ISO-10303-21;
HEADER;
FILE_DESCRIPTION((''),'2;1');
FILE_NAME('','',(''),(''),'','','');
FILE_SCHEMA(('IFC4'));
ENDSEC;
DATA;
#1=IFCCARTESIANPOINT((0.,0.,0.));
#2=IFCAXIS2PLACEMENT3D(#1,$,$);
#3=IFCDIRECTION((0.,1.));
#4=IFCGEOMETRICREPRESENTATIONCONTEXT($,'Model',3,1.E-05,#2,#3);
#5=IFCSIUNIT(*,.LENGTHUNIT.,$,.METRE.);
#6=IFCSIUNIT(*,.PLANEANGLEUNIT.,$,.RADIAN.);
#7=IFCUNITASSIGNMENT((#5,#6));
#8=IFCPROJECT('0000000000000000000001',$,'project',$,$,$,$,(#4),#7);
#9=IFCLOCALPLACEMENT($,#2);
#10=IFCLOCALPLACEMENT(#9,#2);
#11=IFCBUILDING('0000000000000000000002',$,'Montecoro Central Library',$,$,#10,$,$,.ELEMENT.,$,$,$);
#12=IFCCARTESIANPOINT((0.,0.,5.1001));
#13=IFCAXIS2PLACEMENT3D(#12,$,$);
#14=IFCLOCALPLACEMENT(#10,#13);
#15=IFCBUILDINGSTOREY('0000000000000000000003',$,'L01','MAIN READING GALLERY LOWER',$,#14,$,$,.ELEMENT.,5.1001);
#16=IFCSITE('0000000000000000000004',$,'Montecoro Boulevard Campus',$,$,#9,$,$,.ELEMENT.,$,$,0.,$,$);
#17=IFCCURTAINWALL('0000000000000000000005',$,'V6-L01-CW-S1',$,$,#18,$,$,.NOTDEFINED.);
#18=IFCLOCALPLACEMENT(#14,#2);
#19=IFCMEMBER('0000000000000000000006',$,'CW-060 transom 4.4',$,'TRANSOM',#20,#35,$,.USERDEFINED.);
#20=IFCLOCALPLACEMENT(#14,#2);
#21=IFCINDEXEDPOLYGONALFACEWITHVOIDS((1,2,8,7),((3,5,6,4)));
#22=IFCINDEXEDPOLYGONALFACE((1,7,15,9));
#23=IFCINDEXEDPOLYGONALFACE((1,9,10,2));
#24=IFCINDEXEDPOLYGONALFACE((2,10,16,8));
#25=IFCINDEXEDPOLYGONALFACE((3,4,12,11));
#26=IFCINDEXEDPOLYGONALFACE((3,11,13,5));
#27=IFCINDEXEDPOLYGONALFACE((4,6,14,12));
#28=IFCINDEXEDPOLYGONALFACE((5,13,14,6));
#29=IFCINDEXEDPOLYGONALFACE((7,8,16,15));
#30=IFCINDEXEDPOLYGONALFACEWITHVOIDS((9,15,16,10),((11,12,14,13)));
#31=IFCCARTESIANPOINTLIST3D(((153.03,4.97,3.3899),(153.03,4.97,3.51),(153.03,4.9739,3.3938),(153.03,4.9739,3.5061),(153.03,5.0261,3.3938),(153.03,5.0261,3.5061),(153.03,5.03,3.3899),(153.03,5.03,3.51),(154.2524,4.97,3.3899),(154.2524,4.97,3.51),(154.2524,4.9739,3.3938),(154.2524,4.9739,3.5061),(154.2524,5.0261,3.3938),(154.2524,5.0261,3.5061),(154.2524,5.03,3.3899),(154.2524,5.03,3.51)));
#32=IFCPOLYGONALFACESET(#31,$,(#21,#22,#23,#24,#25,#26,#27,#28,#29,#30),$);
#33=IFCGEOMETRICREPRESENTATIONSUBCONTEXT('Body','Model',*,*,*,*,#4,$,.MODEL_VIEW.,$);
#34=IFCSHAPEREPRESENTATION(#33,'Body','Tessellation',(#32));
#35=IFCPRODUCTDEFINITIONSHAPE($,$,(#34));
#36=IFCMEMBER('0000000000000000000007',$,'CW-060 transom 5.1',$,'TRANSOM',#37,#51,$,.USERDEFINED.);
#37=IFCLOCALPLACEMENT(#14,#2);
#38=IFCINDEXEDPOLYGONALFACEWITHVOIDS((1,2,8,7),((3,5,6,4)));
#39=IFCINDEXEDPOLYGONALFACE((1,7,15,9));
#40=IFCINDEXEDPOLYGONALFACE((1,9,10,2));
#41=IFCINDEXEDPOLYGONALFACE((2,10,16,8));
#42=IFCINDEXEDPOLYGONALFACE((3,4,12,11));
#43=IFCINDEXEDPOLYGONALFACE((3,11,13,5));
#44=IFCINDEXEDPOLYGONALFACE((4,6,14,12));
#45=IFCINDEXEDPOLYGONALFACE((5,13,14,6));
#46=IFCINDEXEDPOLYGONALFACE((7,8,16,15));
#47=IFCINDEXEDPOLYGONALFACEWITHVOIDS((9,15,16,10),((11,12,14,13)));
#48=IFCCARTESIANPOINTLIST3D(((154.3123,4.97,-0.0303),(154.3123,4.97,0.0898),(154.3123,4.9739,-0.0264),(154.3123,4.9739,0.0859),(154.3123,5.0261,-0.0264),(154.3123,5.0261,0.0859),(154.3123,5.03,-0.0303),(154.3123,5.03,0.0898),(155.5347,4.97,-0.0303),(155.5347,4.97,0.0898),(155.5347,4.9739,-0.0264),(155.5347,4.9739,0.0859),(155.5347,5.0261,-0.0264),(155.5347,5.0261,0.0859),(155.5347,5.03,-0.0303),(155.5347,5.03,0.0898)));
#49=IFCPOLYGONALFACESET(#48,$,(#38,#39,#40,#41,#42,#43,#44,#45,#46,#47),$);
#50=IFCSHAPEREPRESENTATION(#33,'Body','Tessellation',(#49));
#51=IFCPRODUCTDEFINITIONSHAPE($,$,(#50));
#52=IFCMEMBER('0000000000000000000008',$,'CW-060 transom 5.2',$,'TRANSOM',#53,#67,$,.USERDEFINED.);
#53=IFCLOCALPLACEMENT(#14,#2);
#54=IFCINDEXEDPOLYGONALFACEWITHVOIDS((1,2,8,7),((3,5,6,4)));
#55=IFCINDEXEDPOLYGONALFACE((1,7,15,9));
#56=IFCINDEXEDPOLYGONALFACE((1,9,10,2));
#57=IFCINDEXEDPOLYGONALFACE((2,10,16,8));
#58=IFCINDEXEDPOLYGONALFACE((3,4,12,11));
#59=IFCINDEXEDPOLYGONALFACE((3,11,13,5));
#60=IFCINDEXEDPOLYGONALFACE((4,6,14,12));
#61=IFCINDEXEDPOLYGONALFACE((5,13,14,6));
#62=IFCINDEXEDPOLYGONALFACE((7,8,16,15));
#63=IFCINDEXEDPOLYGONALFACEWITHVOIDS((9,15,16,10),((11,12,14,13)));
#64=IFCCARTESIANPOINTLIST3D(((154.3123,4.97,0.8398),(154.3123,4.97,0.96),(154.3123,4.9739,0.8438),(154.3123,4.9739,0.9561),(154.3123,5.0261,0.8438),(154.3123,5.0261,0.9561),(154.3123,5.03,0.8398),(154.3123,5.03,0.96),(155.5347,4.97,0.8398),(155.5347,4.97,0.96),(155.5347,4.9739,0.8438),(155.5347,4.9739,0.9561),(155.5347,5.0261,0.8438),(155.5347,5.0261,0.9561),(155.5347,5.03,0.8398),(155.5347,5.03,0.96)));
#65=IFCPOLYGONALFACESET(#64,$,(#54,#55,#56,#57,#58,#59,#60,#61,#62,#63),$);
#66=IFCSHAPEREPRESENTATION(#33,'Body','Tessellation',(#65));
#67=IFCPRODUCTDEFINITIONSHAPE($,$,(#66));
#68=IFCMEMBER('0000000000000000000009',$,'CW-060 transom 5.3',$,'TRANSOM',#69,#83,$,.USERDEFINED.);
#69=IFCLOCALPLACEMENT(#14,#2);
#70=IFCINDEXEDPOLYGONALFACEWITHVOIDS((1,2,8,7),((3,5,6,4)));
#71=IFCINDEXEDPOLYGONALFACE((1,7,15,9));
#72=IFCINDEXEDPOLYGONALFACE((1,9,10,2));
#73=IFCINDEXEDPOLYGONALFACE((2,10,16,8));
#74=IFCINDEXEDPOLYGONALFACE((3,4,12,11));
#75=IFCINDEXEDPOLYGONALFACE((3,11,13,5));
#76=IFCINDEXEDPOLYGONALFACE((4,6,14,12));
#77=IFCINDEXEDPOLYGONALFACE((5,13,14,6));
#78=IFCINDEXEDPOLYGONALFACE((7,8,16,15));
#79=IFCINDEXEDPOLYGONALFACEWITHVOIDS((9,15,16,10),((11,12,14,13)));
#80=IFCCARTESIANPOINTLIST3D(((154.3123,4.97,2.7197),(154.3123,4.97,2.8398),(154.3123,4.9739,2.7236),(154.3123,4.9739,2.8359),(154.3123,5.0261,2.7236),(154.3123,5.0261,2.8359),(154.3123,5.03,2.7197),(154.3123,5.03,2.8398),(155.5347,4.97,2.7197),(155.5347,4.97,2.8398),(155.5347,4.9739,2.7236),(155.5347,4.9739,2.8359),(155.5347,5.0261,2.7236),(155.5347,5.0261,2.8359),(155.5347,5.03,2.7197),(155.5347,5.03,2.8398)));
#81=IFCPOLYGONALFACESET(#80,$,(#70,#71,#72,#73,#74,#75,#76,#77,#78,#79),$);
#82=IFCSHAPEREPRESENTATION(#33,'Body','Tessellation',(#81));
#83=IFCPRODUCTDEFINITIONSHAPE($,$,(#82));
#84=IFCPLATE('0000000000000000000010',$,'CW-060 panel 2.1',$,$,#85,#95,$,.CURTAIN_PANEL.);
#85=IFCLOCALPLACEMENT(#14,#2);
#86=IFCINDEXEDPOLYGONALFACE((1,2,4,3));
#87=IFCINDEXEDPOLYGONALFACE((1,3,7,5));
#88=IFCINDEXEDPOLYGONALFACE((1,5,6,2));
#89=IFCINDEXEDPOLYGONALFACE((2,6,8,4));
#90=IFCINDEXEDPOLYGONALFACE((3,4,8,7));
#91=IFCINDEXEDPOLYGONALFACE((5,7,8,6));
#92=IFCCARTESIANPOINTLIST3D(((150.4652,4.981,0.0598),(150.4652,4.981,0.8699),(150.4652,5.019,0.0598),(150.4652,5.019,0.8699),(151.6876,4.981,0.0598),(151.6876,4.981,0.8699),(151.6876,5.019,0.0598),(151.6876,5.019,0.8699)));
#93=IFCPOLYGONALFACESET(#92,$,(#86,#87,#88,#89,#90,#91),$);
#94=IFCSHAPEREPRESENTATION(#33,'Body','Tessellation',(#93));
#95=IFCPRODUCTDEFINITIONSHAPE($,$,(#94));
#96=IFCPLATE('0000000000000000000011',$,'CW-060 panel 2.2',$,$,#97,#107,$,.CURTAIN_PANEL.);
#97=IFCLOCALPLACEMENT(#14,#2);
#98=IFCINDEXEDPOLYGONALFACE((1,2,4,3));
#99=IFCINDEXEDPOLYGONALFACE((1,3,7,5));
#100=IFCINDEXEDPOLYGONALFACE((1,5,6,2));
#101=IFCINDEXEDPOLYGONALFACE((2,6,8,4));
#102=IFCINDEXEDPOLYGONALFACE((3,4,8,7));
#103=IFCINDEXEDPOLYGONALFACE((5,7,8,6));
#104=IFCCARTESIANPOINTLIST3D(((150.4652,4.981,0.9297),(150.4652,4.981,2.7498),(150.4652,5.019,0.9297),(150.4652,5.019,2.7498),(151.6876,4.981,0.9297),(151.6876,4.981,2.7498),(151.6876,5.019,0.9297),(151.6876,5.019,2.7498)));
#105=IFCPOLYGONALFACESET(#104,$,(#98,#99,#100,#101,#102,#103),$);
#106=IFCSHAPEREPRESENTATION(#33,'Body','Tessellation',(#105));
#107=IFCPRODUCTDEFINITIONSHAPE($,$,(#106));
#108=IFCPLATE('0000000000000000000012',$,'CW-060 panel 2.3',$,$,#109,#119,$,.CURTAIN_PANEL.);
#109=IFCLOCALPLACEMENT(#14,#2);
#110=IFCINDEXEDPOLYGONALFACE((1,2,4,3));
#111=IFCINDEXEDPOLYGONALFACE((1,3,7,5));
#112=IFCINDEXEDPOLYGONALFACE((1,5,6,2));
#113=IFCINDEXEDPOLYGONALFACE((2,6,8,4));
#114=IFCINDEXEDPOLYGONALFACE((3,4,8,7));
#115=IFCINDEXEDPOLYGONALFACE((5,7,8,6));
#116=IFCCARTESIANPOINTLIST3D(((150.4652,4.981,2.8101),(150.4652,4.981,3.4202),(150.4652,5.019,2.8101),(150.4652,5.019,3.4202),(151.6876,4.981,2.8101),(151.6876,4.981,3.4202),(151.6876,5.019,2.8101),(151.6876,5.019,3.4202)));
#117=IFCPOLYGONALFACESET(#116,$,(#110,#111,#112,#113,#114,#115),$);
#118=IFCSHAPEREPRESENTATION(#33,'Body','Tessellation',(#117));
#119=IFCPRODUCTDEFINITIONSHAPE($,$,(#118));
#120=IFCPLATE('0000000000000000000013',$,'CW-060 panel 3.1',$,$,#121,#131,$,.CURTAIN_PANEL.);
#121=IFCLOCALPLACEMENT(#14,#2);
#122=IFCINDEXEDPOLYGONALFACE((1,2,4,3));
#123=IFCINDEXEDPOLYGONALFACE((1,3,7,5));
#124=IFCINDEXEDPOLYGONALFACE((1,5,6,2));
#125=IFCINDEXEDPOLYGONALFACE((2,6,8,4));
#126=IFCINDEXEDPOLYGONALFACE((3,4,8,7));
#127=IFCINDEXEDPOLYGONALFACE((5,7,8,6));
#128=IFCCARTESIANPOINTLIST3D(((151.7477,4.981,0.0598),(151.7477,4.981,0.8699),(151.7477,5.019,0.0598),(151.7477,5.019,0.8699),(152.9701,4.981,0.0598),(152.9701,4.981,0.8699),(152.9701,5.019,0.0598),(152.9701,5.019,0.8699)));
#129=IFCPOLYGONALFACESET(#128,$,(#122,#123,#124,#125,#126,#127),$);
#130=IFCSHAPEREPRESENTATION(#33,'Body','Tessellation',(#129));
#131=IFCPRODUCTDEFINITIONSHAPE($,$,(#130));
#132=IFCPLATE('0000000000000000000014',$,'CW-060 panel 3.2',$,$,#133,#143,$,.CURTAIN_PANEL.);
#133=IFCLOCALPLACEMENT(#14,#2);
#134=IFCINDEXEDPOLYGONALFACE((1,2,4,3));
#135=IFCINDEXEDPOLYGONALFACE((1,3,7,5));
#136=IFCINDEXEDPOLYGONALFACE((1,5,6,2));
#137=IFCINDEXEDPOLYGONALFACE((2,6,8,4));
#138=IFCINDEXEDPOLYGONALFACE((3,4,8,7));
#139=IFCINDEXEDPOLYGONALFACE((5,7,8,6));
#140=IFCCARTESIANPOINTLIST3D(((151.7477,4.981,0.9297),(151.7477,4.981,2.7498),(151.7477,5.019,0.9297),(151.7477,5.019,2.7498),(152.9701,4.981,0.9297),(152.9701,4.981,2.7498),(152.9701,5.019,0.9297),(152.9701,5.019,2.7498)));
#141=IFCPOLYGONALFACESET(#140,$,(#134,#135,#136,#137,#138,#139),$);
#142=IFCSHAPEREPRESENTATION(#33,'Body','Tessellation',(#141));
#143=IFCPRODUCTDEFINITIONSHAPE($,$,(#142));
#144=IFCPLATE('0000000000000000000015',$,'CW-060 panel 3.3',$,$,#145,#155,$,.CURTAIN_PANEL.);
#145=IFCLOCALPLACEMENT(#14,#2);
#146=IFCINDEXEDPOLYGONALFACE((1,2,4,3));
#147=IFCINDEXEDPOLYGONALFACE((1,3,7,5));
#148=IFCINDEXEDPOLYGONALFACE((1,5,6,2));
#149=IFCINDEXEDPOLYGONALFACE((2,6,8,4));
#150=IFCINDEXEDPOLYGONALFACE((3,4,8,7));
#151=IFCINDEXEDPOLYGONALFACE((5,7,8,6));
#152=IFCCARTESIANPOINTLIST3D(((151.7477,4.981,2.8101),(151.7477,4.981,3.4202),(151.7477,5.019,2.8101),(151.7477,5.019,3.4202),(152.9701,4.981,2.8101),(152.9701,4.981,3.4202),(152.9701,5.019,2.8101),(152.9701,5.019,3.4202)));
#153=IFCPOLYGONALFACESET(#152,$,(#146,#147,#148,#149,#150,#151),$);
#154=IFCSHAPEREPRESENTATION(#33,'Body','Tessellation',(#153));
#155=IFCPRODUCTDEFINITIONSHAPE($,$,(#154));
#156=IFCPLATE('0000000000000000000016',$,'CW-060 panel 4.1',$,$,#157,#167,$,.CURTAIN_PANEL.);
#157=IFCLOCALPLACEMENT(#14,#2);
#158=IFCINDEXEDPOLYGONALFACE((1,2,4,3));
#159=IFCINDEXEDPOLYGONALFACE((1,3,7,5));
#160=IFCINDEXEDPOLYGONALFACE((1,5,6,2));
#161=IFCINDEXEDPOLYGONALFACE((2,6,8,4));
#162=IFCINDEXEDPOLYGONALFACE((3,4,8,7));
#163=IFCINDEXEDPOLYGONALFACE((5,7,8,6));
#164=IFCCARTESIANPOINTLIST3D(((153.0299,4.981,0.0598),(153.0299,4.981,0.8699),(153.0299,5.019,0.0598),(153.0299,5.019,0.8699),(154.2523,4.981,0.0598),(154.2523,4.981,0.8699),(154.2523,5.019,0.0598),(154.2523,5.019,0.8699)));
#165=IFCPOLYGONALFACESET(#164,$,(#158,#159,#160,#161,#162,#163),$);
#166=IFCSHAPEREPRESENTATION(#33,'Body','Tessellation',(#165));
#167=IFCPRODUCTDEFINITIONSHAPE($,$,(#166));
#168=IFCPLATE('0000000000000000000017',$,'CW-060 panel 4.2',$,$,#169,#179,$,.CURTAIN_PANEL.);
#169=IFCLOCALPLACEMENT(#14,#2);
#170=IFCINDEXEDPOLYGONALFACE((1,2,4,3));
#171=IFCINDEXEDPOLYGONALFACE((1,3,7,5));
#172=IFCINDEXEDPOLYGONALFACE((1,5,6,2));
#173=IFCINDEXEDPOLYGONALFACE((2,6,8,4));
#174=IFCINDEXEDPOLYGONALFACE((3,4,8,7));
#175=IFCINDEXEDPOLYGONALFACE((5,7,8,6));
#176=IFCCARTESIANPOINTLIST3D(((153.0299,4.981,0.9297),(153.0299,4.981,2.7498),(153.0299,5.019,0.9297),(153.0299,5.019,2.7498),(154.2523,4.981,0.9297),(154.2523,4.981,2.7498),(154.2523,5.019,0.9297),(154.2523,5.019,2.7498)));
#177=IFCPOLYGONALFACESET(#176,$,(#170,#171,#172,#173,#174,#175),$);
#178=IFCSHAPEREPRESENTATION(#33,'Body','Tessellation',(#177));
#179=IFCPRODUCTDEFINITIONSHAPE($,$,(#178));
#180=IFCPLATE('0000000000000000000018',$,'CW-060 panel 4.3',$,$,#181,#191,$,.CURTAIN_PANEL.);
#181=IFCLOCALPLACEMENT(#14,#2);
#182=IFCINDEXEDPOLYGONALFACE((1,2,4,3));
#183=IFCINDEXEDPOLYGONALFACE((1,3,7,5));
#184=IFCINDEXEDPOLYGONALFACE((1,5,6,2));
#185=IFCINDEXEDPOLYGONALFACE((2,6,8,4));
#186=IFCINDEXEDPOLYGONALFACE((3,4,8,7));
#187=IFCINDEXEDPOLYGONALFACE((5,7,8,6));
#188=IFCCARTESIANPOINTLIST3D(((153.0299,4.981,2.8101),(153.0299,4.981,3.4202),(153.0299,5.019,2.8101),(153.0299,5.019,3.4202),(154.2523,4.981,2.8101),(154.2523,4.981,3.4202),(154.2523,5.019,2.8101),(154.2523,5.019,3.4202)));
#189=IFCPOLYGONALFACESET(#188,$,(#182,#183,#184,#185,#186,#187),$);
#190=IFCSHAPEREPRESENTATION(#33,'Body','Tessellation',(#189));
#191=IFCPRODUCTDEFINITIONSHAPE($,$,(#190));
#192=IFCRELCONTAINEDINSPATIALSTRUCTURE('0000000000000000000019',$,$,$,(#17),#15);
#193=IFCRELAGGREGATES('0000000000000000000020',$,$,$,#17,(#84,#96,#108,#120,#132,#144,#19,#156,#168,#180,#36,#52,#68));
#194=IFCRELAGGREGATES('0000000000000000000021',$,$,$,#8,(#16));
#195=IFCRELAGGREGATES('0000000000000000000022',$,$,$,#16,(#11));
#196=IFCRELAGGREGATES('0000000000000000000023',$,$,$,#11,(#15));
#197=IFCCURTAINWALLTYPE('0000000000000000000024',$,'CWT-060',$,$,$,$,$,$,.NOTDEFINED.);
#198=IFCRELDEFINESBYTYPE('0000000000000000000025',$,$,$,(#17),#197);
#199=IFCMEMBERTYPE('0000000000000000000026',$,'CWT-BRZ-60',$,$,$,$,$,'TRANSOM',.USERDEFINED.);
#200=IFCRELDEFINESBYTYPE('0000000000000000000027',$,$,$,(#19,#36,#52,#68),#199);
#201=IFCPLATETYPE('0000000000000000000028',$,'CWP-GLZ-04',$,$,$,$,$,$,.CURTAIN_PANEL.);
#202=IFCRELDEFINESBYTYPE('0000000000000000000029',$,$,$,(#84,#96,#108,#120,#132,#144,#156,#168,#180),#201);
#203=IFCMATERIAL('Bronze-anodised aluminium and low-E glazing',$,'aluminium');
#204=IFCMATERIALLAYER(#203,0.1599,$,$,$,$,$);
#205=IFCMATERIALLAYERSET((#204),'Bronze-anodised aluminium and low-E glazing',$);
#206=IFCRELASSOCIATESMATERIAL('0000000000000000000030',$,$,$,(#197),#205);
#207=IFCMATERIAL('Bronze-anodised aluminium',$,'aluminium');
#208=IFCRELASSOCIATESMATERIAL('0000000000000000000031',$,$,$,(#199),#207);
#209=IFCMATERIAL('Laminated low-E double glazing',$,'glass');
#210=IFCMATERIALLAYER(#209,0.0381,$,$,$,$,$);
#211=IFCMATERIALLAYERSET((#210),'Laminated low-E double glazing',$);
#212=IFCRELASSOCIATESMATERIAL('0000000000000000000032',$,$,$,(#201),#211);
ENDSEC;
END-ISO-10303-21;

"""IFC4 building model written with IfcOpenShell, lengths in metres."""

from ifc_helpers import new_model, si_unit, direction, frame, origin, origin_2d, place, context, subcontext, project, spatial, rectangle, hollow_rectangle, extrude, material, layer, layer_set, material_profile, profile_set, type_object, element, aggregate, save


model = new_model("IFC4")

# Units and contexts
model_context = context("Model", 3, precision=1e-05, world=origin(), true_north=direction((0.0, 1.0)))
body_context = subcontext(model_context, "Body", "Model", "MODEL_VIEW")
ifc_project = project(units=[si_unit("LENGTHUNIT", "METRE"), si_unit("PLANEANGLEUNIT", "RADIAN")], contexts=[model_context])

# Site, building, storey
site_placement = place(None, origin())
site = spatial("IfcSite", under=ifc_project, at=site_placement, Name="Montecoro Boulevard Campus", CompositionType="ELEMENT", RefElevation=0.0)
building_placement = place(site_placement, origin())
building = spatial("IfcBuilding", under=site, at=building_placement, Name="Montecoro Central Library", CompositionType="ELEMENT")
storey_placement = place(building_placement, frame((0.0, 0.0, 5.1001)))
storey = spatial("IfcBuildingStorey", under=building, at=storey_placement, Name="L01", Description="MAIN READING GALLERY LOWER", CompositionType="ELEMENT", Elevation=5.1001)

# Curtain wall, members, plates
ifc_material_1 = material(Name="Bronze-anodised aluminium and low-E glazing", Category="aluminium")
ifc_layer_1 = layer(ifc_material_1, 0.1599)
ifc_layer_set_1 = layer_set([ifc_layer_1], Name="Bronze-anodised aluminium and low-E glazing")
curtain_wall_type = type_object("IfcCurtainWallType", Name="CWT-060", PredefinedType="NOTDEFINED", material=ifc_layer_set_1)
curtain_wall_placement = place(storey_placement, origin())
curtain_wall = element("IfcCurtainWall", 1, at=curtain_wall_placement, inside=storey, type_object=curtain_wall_type, Name="V6-L01-CW-S1", PredefinedType="NOTDEFINED")
ifc_material_2 = material(Name="Bronze-anodised aluminium", Category="aluminium")
ifc_material_profile_1 = material_profile(ifc_material_2, hollow_rectangle(XDim=0.0601, YDim=0.1201, WallThickness=0.0039, at=origin_2d()), Name="CWT 120x60x4.0")
ifc_profile_set_1 = profile_set([ifc_material_profile_1], Name="Bronze-anodised aluminium")
member_type_1 = type_object("IfcMemberType", Name="CWT-BRZ-60", ElementType="TRANSOM", PredefinedType="USERDEFINED", material=ifc_profile_set_1)
member_1_placement = place(storey_placement, frame((153.03, 5.0, 3.45), z_axis=(1.0, 0.0, 0.0), x_axis=(0.0, 1.0, 0.0)))
member_1 = element("IfcMember", 2, at=member_1_placement, type_object=member_type_1, Name="CW-060 transom 4.4", ObjectType="TRANSOM", PredefinedType="USERDEFINED", context=body_context, shape_type="SweptSolid", body=[
    extrude(hollow_rectangle(XDim=0.0601, YDim=0.1201, WallThickness=0.0039, at=origin_2d()), origin(), (0.0, 0.0, 1.0), 1.2224),
])
member_2_placement = place(storey_placement, frame((154.3123, 5.0, 0.0298), z_axis=(1.0, 0.0, 0.0), x_axis=(0.0, 1.0, 0.0)))
member_2 = element("IfcMember", 3, at=member_2_placement, type_object=member_type_1, Name="CW-060 transom 5.1", ObjectType="TRANSOM", PredefinedType="USERDEFINED", context=body_context, shape_type="SweptSolid", body=[
    extrude(hollow_rectangle(XDim=0.0601, YDim=0.1201, WallThickness=0.0039, at=origin_2d()), origin(), (0.0, 0.0, 1.0), 1.2224),
])
member_3_placement = place(storey_placement, frame((154.3123, 5.0, 0.8999), z_axis=(1.0, 0.0, 0.0), x_axis=(0.0, 1.0, 0.0)))
member_3 = element("IfcMember", 4, at=member_3_placement, type_object=member_type_1, Name="CW-060 transom 5.2", ObjectType="TRANSOM", PredefinedType="USERDEFINED", context=body_context, shape_type="SweptSolid", body=[
    extrude(hollow_rectangle(XDim=0.0601, YDim=0.1201, WallThickness=0.0039, at=origin_2d()), origin(), (0.0, 0.0, 1.0), 1.2224),
])
member_4_placement = place(storey_placement, frame((154.3123, 5.0, 2.7798), z_axis=(1.0, 0.0, 0.0), x_axis=(0.0, 1.0, 0.0)))
member_4 = element("IfcMember", 5, at=member_4_placement, type_object=member_type_1, Name="CW-060 transom 5.3", ObjectType="TRANSOM", PredefinedType="USERDEFINED", context=body_context, shape_type="SweptSolid", body=[
    extrude(hollow_rectangle(XDim=0.0601, YDim=0.1201, WallThickness=0.0039, at=origin_2d()), origin(), (0.0, 0.0, 1.0), 1.2224),
])
ifc_material_3 = material(Name="Laminated low-E double glazing", Category="glass")
ifc_layer_2 = layer(ifc_material_3, 0.0381)
ifc_layer_set_2 = layer_set([ifc_layer_2], Name="Laminated low-E double glazing")
plate_type = type_object("IfcPlateType", Name="CWP-GLZ-04", PredefinedType="CURTAIN_PANEL", material=ifc_layer_set_2)
plate_1_placement = place(storey_placement, frame((151.0764, 5.0, 0.0598), z_axis=(0.0, 0.0, 1.0), x_axis=(1.0, 0.0, 0.0)))
plate_1 = element("IfcPlate", 6, at=plate_1_placement, type_object=plate_type, Name="CW-060 panel 2.1", PredefinedType="CURTAIN_PANEL", context=body_context, shape_type="SweptSolid", body=[
    extrude(rectangle(XDim=1.2224, YDim=0.0381, at=origin_2d()), origin(), (0.0, 0.0, 1.0), 0.8101),
])
plate_2_placement = place(storey_placement, frame((151.0764, 5.0, 0.9297), z_axis=(0.0, 0.0, 1.0), x_axis=(1.0, 0.0, 0.0)))
plate_2 = element("IfcPlate", 7, at=plate_2_placement, type_object=plate_type, Name="CW-060 panel 2.2", PredefinedType="CURTAIN_PANEL", context=body_context, shape_type="SweptSolid", body=[
    extrude(rectangle(XDim=1.2224, YDim=0.0381, at=origin_2d()), origin(), (0.0, 0.0, 1.0), 1.8201),
])
plate_3_placement = place(storey_placement, frame((151.0764, 5.0, 2.8101), z_axis=(0.0, 0.0, 1.0), x_axis=(1.0, 0.0, 0.0)))
plate_3 = element("IfcPlate", 8, at=plate_3_placement, type_object=plate_type, Name="CW-060 panel 2.3", PredefinedType="CURTAIN_PANEL", context=body_context, shape_type="SweptSolid", body=[
    extrude(rectangle(XDim=1.2224, YDim=0.0381, at=origin_2d()), origin(), (0.0, 0.0, 1.0), 0.6101),
])
plate_4_placement = place(storey_placement, frame((152.3589, 5.0, 0.0598), z_axis=(0.0, 0.0, 1.0), x_axis=(1.0, 0.0, 0.0)))
plate_4 = element("IfcPlate", 9, at=plate_4_placement, type_object=plate_type, Name="CW-060 panel 3.1", PredefinedType="CURTAIN_PANEL", context=body_context, shape_type="SweptSolid", body=[
    extrude(rectangle(XDim=1.2224, YDim=0.0381, at=origin_2d()), origin(), (0.0, 0.0, 1.0), 0.8101),
])
plate_5_placement = place(storey_placement, frame((152.3589, 5.0, 0.9297), z_axis=(0.0, 0.0, 1.0), x_axis=(1.0, 0.0, 0.0)))
plate_5 = element("IfcPlate", 10, at=plate_5_placement, type_object=plate_type, Name="CW-060 panel 3.2", PredefinedType="CURTAIN_PANEL", context=body_context, shape_type="SweptSolid", body=[
    extrude(rectangle(XDim=1.2224, YDim=0.0381, at=origin_2d()), origin(), (0.0, 0.0, 1.0), 1.8201),
])
plate_6_placement = place(storey_placement, frame((152.3589, 5.0, 2.8101), z_axis=(0.0, 0.0, 1.0), x_axis=(1.0, 0.0, 0.0)))
plate_6 = element("IfcPlate", 11, at=plate_6_placement, type_object=plate_type, Name="CW-060 panel 3.3", PredefinedType="CURTAIN_PANEL", context=body_context, shape_type="SweptSolid", body=[
    extrude(rectangle(XDim=1.2224, YDim=0.0381, at=origin_2d()), origin(), (0.0, 0.0, 1.0), 0.6101),
])
plate_7_placement = place(storey_placement, frame((153.6411, 5.0, 0.0598), z_axis=(0.0, 0.0, 1.0), x_axis=(1.0, 0.0, 0.0)))
plate_7 = element("IfcPlate", 12, at=plate_7_placement, type_object=plate_type, Name="CW-060 panel 4.1", PredefinedType="CURTAIN_PANEL", context=body_context, shape_type="SweptSolid", body=[
    extrude(rectangle(XDim=1.2224, YDim=0.0381, at=origin_2d()), origin(), (0.0, 0.0, 1.0), 0.8101),
])
plate_8_placement = place(storey_placement, frame((153.6411, 5.0, 0.9297), z_axis=(0.0, 0.0, 1.0), x_axis=(1.0, 0.0, 0.0)))
plate_8 = element("IfcPlate", 13, at=plate_8_placement, type_object=plate_type, Name="CW-060 panel 4.2", PredefinedType="CURTAIN_PANEL", context=body_context, shape_type="SweptSolid", body=[
    extrude(rectangle(XDim=1.2224, YDim=0.0381, at=origin_2d()), origin(), (0.0, 0.0, 1.0), 1.8201),
])
plate_9_placement = place(storey_placement, frame((153.6411, 5.0, 2.8101), z_axis=(0.0, 0.0, 1.0), x_axis=(1.0, 0.0, 0.0)))
plate_9 = element("IfcPlate", 14, at=plate_9_placement, type_object=plate_type, Name="CW-060 panel 4.3", PredefinedType="CURTAIN_PANEL", context=body_context, shape_type="SweptSolid", body=[
    extrude(rectangle(XDim=1.2224, YDim=0.0381, at=origin_2d()), origin(), (0.0, 0.0, 1.0), 0.6101),
])
aggregate(curtain_wall, [plate_1, plate_2, plate_3, plate_4, plate_5, plate_6, member_1, plate_7, plate_8, plate_9, member_2, member_3, member_4])

save(model, "model.ifc")
